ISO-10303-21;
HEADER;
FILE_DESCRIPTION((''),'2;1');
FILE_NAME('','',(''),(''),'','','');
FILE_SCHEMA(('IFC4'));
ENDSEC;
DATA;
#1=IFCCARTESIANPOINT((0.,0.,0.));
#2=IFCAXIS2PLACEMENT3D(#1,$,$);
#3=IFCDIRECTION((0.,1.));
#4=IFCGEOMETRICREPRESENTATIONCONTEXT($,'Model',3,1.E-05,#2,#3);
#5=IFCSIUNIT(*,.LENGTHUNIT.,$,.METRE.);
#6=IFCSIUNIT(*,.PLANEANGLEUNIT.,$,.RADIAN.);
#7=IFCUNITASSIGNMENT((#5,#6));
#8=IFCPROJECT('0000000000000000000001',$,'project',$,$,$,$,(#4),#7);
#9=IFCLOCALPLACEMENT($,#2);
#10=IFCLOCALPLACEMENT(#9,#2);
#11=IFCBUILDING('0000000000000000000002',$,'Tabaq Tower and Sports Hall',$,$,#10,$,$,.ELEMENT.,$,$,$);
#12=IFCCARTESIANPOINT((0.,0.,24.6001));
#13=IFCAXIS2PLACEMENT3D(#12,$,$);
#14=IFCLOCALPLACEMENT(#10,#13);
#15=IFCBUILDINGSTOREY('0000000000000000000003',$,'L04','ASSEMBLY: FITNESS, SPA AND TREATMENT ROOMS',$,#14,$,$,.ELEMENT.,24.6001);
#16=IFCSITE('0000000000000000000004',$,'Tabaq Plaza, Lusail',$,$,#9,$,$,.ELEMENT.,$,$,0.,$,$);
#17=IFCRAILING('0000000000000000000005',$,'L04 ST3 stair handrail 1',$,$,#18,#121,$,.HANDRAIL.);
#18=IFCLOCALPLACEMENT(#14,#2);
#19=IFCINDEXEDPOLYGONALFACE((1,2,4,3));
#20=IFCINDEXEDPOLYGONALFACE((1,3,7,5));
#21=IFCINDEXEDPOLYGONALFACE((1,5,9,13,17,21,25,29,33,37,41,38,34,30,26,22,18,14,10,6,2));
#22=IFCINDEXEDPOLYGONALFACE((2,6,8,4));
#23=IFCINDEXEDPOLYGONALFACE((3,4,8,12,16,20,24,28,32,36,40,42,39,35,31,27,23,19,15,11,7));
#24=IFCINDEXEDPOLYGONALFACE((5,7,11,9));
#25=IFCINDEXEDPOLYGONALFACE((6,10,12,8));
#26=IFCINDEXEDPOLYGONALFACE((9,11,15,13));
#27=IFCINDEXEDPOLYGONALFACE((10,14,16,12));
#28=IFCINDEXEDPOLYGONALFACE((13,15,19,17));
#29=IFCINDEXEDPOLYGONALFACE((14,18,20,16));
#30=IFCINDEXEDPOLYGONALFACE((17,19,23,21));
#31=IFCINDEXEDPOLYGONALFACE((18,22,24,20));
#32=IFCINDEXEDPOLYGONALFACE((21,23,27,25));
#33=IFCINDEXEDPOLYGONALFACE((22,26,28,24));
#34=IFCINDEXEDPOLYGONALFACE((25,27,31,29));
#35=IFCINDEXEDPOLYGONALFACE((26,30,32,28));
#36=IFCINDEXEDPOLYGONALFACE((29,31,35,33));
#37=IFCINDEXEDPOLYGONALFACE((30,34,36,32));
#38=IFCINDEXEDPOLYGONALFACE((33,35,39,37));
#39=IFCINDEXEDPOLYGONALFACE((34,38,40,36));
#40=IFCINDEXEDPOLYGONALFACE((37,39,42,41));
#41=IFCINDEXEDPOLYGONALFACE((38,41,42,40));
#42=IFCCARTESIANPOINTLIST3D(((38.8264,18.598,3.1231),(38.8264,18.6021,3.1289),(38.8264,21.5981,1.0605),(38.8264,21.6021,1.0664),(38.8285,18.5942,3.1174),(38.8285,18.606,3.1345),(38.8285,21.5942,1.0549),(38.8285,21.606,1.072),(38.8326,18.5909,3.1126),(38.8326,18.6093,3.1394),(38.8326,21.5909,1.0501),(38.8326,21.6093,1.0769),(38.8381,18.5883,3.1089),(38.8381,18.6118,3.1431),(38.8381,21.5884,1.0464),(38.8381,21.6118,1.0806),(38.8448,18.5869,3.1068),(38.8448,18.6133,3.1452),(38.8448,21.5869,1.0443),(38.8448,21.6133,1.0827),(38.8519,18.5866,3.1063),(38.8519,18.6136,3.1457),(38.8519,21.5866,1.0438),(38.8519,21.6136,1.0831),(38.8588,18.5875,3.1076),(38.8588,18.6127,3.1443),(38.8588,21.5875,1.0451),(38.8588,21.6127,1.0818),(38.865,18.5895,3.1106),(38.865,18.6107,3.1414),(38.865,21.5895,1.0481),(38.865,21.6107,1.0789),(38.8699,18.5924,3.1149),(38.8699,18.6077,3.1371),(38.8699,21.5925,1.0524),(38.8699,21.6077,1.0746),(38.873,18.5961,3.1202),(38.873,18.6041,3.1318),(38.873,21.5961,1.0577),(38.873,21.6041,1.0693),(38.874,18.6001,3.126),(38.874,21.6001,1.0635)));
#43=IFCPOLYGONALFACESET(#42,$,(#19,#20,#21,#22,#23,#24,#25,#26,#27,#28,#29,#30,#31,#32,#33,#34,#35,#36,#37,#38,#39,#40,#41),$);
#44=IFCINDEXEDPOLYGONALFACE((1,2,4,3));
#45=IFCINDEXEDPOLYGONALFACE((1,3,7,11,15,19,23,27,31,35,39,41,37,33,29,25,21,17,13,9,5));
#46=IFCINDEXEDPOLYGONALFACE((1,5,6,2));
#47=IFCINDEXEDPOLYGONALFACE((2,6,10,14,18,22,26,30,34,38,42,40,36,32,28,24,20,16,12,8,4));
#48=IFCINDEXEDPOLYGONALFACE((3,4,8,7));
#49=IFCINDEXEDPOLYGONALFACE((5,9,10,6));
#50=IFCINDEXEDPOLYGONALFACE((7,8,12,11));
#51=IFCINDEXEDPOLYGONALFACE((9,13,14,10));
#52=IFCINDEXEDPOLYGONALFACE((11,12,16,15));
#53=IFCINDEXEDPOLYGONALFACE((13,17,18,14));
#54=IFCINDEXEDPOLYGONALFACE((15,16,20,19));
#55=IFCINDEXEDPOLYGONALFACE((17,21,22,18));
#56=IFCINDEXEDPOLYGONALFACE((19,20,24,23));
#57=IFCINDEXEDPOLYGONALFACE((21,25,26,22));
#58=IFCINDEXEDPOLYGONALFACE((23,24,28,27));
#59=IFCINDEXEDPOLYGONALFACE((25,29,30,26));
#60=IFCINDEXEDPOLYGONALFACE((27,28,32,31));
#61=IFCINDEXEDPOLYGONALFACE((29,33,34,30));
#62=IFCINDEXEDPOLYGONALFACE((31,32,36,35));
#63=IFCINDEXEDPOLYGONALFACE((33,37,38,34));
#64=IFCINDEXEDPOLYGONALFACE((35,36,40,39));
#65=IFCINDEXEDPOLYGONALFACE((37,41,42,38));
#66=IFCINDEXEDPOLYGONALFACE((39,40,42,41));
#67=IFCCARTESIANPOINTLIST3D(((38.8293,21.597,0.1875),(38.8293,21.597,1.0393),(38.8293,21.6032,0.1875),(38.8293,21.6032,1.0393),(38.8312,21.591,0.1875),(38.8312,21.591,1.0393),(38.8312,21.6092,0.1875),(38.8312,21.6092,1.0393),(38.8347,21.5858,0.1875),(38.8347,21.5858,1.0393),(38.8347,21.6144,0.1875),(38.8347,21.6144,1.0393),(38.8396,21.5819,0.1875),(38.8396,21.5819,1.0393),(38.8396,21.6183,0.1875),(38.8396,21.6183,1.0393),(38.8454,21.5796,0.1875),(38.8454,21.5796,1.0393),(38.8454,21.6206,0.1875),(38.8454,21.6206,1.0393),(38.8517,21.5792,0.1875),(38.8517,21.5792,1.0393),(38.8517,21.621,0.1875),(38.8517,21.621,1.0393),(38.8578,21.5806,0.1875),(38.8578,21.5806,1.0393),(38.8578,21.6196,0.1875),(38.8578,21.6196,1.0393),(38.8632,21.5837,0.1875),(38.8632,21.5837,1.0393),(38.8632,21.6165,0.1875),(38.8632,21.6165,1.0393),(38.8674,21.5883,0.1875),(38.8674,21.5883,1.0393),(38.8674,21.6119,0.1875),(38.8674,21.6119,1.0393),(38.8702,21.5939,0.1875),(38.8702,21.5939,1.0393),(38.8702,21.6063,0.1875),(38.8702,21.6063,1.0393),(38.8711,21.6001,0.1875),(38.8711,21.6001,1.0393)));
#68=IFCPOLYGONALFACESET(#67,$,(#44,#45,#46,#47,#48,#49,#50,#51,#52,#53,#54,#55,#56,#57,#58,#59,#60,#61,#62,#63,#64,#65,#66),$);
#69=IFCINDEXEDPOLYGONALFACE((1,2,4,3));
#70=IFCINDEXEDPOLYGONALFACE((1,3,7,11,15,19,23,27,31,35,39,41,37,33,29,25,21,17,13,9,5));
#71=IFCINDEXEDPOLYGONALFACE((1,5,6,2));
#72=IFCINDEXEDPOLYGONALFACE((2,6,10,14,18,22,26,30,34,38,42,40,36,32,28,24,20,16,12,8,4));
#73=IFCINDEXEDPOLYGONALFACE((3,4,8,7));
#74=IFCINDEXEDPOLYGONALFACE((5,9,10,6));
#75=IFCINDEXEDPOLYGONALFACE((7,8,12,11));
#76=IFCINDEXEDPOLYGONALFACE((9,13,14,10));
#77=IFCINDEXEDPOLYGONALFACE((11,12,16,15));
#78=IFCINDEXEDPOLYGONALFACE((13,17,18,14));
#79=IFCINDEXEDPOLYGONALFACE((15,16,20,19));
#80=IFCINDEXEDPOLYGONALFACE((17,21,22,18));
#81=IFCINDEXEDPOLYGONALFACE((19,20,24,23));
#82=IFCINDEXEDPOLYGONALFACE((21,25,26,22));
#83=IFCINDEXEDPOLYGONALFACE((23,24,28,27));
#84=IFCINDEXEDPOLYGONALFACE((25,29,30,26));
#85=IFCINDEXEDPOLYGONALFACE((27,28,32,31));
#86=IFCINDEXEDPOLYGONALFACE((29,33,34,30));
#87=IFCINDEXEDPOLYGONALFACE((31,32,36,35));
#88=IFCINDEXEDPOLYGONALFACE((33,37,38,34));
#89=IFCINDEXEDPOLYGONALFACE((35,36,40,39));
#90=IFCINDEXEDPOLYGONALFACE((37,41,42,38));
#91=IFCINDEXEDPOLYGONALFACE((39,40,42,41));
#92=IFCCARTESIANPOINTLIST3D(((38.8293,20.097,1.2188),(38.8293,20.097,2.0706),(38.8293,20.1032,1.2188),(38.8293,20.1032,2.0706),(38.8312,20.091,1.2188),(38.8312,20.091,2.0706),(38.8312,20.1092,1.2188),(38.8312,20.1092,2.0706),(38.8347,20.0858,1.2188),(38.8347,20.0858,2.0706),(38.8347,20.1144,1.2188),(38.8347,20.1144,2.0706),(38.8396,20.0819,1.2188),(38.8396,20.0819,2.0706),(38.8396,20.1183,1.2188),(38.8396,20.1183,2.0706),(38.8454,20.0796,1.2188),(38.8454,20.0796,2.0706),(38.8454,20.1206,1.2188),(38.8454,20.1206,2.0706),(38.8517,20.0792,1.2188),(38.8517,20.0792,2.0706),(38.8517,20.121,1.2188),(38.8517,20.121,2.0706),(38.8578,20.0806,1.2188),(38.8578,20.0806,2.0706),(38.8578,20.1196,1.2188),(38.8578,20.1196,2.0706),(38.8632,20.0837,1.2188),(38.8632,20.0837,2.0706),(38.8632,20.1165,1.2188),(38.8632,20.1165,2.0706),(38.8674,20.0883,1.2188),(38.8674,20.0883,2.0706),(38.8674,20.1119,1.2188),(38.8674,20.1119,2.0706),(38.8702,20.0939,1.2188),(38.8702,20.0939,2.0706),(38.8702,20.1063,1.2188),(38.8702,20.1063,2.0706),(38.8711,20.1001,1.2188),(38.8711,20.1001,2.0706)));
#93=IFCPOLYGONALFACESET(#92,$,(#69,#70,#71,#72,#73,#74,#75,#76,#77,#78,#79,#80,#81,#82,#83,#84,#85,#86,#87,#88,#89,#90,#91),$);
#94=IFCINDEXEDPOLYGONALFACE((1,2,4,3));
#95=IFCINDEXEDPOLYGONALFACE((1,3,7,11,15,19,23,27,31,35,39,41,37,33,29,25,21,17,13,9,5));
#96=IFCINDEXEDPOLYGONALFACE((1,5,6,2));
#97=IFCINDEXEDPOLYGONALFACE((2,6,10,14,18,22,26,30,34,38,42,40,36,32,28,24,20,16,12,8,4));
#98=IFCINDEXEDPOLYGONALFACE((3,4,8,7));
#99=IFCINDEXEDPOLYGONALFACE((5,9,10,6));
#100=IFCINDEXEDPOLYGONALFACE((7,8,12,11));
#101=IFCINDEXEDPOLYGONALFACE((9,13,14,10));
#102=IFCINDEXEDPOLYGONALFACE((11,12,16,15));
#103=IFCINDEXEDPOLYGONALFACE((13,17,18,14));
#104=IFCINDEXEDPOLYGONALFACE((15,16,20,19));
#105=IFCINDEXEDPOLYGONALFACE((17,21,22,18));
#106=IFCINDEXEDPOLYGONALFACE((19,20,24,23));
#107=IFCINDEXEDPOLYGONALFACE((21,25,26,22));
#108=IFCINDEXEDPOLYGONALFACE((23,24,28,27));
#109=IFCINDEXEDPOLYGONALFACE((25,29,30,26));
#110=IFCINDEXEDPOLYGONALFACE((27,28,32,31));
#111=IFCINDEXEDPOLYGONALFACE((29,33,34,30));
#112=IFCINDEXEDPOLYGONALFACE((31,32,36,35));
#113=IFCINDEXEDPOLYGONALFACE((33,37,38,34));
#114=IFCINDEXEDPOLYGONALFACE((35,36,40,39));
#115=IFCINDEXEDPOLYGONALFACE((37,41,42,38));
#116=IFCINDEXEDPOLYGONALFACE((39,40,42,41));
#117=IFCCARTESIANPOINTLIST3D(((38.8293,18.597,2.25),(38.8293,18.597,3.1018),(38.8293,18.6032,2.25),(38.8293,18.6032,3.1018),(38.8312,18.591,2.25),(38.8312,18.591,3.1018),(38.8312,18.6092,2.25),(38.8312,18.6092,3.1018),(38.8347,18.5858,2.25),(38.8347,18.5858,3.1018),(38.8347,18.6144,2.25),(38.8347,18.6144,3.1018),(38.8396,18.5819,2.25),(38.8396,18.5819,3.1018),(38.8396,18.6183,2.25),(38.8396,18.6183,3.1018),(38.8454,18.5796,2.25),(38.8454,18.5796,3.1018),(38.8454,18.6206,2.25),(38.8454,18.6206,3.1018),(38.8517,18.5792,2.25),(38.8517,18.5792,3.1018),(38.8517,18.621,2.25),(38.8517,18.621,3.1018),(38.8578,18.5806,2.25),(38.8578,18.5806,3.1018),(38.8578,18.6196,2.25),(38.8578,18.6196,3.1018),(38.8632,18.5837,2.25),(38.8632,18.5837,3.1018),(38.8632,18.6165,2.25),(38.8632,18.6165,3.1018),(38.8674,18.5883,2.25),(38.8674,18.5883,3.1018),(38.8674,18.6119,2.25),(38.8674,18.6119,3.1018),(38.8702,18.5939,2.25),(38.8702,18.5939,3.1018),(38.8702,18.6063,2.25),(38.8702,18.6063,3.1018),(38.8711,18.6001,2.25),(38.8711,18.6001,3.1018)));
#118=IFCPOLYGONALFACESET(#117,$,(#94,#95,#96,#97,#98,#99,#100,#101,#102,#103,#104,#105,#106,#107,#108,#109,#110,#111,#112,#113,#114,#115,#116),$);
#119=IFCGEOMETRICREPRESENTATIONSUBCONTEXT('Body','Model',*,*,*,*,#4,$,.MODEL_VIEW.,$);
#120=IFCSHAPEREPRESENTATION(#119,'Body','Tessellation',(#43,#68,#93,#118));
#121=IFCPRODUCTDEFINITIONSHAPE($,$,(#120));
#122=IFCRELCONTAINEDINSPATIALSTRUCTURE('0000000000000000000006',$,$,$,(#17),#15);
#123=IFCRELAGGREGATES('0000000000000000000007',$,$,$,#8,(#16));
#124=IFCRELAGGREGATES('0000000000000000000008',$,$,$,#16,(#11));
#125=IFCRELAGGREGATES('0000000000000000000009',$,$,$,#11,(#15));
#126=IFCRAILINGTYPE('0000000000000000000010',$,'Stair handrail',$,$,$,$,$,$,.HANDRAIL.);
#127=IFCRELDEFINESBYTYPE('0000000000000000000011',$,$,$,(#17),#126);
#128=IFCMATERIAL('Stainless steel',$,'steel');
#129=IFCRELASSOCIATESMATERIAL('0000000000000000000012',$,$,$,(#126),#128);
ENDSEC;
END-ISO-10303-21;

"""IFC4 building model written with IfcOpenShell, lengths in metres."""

from ifc_helpers import new_model, si_unit, direction, frame, origin, origin_2d, place, context, subcontext, project, spatial, circle, extrude, material, type_object, element, save


model = new_model("IFC4")

# Units and contexts
model_context = context("Model", 3, precision=1e-05, world=origin(), true_north=direction((0.0, 1.0)))
body_context = subcontext(model_context, "Body", "Model", "MODEL_VIEW")
ifc_project = project(units=[si_unit("LENGTHUNIT", "METRE"), si_unit("PLANEANGLEUNIT", "RADIAN")], contexts=[model_context])

# Site, building, storey
site_placement = place(None, origin())
site = spatial("IfcSite", under=ifc_project, at=site_placement, Name="Tabaq Plaza, Lusail", CompositionType="ELEMENT", RefElevation=0.0)
building_placement = place(site_placement, origin())
building = spatial("IfcBuilding", under=site, at=building_placement, Name="Tabaq Tower and Sports Hall", CompositionType="ELEMENT")
storey_placement = place(building_placement, frame((0.0, 0.0, 24.6001)))
storey = spatial("IfcBuildingStorey", under=building, at=storey_placement, Name="L04", Description="ASSEMBLY: FITNESS, SPA AND TREATMENT ROOMS", CompositionType="ELEMENT", Elevation=24.6001)

# Railing
ifc_material_1 = material(Name="Stainless steel", Category="steel")
railing_type = type_object("IfcRailingType", Name="Stair handrail", PredefinedType="HANDRAIL", material=ifc_material_1)
railing_1_placement = place(storey_placement, frame((38.8501, 21.6001, 0.1875)))
element("IfcRailing", 1, at=railing_1_placement, inside=storey, type_object=railing_type, Name="L04 ST3 stair handrail 1", PredefinedType="HANDRAIL", context=body_context, shape_type="SweptSolid", body=[
    extrude(circle(Radius=0.0239, at=origin_2d()), frame((0.0, 0.0, 0.876), z_axis=(0.0, -0.824042, 0.566529), x_axis=(1.0, 0.0, 0.0)), (0.0, 0.0, 1.0), 3.6406),
    extrude(circle(Radius=0.021, at=origin_2d()), origin(), (0.0, 0.0, 1.0), 0.8518),
    extrude(circle(Radius=0.021, at=origin_2d()), frame((0.0, -1.5, 1.0312)), (0.0, 0.0, 1.0), 0.8518),
    extrude(circle(Radius=0.021, at=origin_2d()), frame((0.0, -3.0, 2.0625)), (0.0, 0.0, 1.0), 0.8518),
])

save(model, "model.ifc")
